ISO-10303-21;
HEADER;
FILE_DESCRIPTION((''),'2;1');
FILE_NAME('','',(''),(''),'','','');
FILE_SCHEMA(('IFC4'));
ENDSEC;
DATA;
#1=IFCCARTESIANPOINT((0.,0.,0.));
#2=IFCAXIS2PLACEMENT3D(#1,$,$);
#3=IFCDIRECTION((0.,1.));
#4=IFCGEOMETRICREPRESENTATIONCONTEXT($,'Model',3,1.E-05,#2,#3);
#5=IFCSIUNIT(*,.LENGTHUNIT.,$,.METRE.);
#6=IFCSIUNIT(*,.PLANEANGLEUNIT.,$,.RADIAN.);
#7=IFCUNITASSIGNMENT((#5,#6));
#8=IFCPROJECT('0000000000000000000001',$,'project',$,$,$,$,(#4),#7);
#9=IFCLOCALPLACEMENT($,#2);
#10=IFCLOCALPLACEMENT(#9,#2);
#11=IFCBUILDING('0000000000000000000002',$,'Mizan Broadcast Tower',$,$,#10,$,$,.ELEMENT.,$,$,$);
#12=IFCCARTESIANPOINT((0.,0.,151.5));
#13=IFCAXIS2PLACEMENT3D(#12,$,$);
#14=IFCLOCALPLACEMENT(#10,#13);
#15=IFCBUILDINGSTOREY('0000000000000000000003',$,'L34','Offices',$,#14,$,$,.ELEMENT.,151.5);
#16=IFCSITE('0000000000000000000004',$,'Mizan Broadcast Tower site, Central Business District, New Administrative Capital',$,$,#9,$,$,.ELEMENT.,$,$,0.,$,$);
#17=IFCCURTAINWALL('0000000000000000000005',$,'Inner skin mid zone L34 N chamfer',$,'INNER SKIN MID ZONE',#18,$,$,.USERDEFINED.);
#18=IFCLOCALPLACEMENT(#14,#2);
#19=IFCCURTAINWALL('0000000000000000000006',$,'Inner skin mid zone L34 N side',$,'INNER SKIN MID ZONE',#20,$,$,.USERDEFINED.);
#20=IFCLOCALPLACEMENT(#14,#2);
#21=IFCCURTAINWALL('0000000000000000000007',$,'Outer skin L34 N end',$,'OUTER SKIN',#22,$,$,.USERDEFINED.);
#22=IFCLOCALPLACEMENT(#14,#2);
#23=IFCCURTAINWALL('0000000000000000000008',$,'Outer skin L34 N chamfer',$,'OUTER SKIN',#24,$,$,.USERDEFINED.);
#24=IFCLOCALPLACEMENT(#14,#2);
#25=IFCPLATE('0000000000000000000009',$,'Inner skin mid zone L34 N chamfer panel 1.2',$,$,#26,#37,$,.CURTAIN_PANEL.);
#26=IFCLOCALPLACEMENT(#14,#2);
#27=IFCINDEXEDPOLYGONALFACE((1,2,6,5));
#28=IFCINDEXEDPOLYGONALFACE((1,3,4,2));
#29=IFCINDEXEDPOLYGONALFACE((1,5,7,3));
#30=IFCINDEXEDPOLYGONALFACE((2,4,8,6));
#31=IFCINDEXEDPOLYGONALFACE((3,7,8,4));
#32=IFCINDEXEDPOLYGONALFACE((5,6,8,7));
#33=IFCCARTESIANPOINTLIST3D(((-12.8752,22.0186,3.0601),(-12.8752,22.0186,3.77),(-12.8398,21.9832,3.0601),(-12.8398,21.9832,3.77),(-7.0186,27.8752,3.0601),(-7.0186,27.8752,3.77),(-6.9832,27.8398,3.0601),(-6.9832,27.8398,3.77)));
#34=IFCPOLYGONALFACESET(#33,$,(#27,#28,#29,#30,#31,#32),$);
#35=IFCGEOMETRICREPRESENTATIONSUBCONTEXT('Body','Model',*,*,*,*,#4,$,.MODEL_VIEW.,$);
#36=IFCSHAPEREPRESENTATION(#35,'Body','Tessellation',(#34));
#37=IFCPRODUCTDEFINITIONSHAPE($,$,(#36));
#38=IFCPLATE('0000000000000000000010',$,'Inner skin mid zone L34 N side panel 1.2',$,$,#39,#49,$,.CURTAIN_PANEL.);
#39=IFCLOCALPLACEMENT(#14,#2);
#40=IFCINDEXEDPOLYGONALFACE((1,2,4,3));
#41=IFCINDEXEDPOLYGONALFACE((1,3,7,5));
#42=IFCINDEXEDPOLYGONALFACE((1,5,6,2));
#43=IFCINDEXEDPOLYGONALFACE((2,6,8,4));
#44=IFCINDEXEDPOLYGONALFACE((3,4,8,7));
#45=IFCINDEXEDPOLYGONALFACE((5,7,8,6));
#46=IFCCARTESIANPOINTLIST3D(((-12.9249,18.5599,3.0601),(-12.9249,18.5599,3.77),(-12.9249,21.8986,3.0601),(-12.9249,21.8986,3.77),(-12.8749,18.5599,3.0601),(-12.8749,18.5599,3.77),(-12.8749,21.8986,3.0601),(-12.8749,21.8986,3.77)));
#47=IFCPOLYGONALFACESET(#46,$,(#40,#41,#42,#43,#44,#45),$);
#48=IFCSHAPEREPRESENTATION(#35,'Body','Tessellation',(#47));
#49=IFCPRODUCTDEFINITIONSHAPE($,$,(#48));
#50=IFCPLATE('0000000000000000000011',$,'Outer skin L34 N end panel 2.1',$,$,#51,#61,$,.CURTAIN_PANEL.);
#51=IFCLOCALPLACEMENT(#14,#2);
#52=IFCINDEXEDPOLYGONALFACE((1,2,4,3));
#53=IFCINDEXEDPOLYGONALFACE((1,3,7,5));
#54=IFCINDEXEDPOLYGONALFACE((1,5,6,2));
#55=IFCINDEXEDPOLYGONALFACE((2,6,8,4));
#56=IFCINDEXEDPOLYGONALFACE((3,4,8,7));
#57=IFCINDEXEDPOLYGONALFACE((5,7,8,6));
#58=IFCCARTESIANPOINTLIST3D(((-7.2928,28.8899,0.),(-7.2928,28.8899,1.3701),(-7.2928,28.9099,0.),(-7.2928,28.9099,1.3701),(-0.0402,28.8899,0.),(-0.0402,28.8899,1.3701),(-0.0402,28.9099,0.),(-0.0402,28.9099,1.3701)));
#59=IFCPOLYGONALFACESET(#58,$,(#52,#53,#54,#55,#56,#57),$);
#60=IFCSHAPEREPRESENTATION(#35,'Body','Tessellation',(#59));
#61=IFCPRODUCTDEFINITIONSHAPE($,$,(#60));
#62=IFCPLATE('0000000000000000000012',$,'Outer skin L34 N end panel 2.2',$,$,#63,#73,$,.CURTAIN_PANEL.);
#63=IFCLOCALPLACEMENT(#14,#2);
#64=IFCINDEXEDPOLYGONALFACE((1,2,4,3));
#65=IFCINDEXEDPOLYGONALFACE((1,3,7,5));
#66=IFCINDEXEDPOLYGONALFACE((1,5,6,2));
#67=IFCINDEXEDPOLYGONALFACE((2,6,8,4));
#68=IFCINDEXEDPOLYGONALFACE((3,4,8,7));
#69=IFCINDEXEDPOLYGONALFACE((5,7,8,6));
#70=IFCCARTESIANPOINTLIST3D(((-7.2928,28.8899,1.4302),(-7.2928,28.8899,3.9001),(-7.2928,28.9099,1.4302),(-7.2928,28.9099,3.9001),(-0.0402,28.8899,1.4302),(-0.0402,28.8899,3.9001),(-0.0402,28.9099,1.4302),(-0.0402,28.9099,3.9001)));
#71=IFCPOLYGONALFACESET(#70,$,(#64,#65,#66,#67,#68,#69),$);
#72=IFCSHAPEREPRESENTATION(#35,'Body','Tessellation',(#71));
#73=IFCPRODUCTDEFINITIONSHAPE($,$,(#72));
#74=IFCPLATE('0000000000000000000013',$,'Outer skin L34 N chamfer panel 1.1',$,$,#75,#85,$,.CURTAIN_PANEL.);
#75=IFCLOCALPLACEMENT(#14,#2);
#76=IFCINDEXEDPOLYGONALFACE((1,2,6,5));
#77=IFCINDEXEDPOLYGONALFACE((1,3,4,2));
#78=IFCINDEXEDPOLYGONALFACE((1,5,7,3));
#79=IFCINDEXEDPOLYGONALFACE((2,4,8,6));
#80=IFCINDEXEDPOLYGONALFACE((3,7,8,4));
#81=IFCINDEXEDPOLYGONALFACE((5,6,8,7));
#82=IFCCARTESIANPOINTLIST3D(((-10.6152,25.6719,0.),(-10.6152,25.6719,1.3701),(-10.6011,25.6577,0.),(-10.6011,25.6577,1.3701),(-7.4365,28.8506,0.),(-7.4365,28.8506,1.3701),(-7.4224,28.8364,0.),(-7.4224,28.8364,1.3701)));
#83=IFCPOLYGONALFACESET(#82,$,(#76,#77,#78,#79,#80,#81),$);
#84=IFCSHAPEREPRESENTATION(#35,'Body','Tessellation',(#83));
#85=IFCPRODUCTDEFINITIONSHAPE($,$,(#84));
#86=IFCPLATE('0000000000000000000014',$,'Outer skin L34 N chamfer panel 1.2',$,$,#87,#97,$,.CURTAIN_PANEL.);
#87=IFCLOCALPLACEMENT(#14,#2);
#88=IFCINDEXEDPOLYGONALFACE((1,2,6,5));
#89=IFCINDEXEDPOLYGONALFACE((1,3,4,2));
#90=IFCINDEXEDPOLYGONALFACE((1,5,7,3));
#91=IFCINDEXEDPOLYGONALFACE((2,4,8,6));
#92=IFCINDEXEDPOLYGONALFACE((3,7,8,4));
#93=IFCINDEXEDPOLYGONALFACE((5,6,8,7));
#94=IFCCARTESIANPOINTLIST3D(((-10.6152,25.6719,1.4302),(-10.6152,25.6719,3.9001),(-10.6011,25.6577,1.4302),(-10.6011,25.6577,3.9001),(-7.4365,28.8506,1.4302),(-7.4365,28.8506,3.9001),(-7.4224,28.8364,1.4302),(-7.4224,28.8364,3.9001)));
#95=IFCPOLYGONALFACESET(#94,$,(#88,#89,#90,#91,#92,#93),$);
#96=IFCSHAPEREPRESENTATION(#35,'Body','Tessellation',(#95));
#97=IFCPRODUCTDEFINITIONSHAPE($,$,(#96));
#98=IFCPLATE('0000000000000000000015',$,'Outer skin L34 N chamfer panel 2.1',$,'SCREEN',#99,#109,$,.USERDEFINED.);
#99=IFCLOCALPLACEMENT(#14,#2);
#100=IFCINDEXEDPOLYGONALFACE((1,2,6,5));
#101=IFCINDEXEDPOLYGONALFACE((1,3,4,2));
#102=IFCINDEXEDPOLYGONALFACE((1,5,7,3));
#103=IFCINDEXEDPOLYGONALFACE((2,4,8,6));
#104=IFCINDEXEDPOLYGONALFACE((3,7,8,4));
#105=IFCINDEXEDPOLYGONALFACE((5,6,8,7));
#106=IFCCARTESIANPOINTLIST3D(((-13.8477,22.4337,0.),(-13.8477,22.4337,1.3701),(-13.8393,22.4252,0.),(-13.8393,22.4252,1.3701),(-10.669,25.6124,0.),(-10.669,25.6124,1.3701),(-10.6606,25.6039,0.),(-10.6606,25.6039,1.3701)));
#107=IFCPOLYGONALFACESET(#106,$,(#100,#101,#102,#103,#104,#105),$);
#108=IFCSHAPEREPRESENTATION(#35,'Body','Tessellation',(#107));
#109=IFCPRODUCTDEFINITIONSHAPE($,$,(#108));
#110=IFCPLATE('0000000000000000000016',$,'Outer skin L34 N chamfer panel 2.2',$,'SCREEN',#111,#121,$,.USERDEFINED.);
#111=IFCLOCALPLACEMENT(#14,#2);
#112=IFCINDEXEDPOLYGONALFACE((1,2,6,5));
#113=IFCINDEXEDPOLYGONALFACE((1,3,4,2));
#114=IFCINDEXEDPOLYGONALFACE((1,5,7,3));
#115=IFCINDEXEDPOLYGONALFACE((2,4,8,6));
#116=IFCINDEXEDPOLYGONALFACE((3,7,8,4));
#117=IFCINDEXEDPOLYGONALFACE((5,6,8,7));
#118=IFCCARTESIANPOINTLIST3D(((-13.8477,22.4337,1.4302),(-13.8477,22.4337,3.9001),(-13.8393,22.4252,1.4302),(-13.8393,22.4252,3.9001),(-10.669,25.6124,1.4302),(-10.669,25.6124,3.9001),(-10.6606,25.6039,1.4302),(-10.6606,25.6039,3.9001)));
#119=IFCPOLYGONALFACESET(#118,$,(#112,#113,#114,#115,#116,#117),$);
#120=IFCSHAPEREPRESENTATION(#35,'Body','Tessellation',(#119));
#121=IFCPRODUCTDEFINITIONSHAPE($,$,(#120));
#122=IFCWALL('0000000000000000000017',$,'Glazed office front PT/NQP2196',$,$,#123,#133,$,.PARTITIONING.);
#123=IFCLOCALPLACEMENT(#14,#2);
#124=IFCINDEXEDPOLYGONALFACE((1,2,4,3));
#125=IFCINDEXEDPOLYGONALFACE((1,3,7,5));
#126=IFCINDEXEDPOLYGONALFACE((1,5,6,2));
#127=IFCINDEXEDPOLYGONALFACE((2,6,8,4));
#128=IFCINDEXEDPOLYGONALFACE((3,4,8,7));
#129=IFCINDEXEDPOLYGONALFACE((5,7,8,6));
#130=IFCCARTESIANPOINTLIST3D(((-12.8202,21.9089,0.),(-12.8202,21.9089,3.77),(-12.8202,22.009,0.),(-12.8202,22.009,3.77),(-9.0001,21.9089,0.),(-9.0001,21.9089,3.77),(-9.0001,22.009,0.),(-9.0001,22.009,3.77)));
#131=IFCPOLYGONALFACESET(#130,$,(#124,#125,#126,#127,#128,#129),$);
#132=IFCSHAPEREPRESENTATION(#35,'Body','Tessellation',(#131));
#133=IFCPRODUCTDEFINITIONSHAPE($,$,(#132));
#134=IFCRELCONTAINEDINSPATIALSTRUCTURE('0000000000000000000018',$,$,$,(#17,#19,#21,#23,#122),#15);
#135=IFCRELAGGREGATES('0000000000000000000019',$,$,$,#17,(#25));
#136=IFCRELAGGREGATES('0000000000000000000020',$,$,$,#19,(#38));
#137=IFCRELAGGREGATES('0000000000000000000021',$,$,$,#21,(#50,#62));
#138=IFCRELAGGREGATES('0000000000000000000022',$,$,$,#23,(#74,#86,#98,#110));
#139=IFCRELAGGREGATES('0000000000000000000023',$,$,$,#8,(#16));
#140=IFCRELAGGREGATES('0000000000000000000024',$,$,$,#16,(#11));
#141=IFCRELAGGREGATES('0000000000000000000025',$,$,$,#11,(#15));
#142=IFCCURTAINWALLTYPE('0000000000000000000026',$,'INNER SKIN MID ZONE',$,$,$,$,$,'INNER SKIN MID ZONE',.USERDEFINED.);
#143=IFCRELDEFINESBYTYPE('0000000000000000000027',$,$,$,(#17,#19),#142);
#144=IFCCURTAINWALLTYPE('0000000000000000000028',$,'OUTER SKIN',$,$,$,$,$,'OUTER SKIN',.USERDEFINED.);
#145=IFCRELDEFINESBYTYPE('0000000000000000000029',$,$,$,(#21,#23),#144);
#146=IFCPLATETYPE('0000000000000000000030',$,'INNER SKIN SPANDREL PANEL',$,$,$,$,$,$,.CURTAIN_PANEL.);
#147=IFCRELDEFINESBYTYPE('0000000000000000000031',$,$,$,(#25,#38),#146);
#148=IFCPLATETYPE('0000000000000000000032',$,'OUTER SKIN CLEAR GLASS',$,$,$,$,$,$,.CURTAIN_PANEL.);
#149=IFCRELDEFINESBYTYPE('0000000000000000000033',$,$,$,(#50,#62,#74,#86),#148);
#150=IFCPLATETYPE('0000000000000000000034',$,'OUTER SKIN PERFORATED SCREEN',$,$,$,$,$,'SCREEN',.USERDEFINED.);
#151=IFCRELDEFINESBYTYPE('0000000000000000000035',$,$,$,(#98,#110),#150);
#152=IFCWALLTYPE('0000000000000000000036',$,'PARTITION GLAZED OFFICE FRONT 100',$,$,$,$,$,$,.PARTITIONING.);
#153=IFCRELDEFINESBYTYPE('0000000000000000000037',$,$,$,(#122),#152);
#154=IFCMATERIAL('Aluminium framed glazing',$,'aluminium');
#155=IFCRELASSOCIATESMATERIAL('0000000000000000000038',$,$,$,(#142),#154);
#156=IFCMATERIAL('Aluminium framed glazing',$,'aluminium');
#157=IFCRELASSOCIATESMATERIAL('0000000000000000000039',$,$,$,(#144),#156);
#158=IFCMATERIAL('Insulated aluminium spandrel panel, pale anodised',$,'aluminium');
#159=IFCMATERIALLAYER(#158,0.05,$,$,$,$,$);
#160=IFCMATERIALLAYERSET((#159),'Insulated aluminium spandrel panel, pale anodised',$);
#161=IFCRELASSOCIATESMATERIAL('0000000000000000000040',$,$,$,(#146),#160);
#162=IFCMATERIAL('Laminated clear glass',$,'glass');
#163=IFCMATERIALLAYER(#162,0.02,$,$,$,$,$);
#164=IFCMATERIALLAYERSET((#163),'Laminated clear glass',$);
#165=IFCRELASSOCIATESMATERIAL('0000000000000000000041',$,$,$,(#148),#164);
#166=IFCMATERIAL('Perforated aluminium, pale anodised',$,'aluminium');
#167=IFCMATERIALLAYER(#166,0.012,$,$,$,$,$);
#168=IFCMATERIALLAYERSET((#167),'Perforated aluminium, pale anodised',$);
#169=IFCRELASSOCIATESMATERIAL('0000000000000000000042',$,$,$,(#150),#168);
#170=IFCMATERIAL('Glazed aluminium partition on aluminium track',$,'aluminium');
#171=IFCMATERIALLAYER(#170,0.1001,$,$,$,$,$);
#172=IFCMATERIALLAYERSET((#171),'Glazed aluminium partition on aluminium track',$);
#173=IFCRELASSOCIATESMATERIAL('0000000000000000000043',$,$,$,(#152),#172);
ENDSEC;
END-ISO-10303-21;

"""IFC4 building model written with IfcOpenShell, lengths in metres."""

from ifc_helpers import new_model, si_unit, direction, frame, frame_2d, origin, origin_2d, place, context, subcontext, project, spatial, rectangle, extrude, material, layer, layer_set, type_object, element, aggregate, save


model = new_model("IFC4")

# Units and contexts
model_context = context("Model", 3, precision=1e-05, world=origin(), true_north=direction((0.0, 1.0)))
body_context = subcontext(model_context, "Body", "Model", "MODEL_VIEW")
ifc_project = project(units=[si_unit("LENGTHUNIT", "METRE"), si_unit("PLANEANGLEUNIT", "RADIAN")], contexts=[model_context])

# Site, building, storey
site_placement = place(None, origin())
site = spatial("IfcSite", under=ifc_project, at=site_placement, Name="Mizan Broadcast Tower site, Central Business District, New Administrative Capital", CompositionType="ELEMENT", RefElevation=0.0)
building_placement = place(site_placement, origin())
building = spatial("IfcBuilding", under=site, at=building_placement, Name="Mizan Broadcast Tower", CompositionType="ELEMENT")
storey_placement = place(building_placement, frame((0.0, 0.0, 151.5)))
storey = spatial("IfcBuildingStorey", under=building, at=storey_placement, Name="L34", Description="Offices", CompositionType="ELEMENT", Elevation=151.5)

# Shared definitions
ifc_material_1 = material(Name="Aluminium framed glazing", Category="aluminium")
curtain_wall_type_1 = type_object("IfcCurtainWallType", Name="INNER SKIN MID ZONE", ElementType="INNER SKIN MID ZONE", PredefinedType="USERDEFINED", material=ifc_material_1)

# Curtain wall
curtain_wall_1_placement = place(storey_placement, origin())
curtain_wall_1 = element("IfcCurtainWall", 1, at=curtain_wall_1_placement, inside=storey, type_object=curtain_wall_type_1, Name="Inner skin mid zone L34 N chamfer", ObjectType="INNER SKIN MID ZONE", PredefinedType="USERDEFINED")

# Curtain wall
curtain_wall_2_placement = place(storey_placement, origin())
curtain_wall_2 = element("IfcCurtainWall", 2, at=curtain_wall_2_placement, inside=storey, type_object=curtain_wall_type_1, Name="Inner skin mid zone L34 N side", ObjectType="INNER SKIN MID ZONE", PredefinedType="USERDEFINED")

# Curtain wall
ifc_material_2 = material(Name="Aluminium framed glazing", Category="aluminium")
curtain_wall_type_2 = type_object("IfcCurtainWallType", Name="OUTER SKIN", ElementType="OUTER SKIN", PredefinedType="USERDEFINED", material=ifc_material_2)
curtain_wall_3_placement = place(storey_placement, origin())
curtain_wall_3 = element("IfcCurtainWall", 3, at=curtain_wall_3_placement, inside=storey, type_object=curtain_wall_type_2, Name="Outer skin L34 N end", ObjectType="OUTER SKIN", PredefinedType="USERDEFINED")

# Curtain wall
curtain_wall_4_placement = place(storey_placement, origin())
curtain_wall_4 = element("IfcCurtainWall", 4, at=curtain_wall_4_placement, inside=storey, type_object=curtain_wall_type_2, Name="Outer skin L34 N chamfer", ObjectType="OUTER SKIN", PredefinedType="USERDEFINED")

# Plates
ifc_material_3 = material(Name="Insulated aluminium spandrel panel, pale anodised", Category="aluminium")
ifc_layer_1 = layer(ifc_material_3, 0.05)
ifc_layer_set_1 = layer_set([ifc_layer_1], Name="Insulated aluminium spandrel panel, pale anodised")
plate_type_1 = type_object("IfcPlateType", Name="INNER SKIN SPANDREL PANEL", PredefinedType="CURTAIN_PANEL", material=ifc_layer_set_1)
plate_1_placement = place(storey_placement, frame((-9.9292, 24.9292, 3.0601), z_axis=(0.0, 0.0, 1.0), x_axis=(-0.707107, -0.707107, 0.0)))
plate_1 = element("IfcPlate", 5, at=plate_1_placement, type_object=plate_type_1, Name="Inner skin mid zone L34 N chamfer panel 1.2", PredefinedType="CURTAIN_PANEL", context=body_context, shape_type="SweptSolid", body=[
    extrude(rectangle(XDim=8.2825, YDim=0.05, at=origin_2d()), origin(), (0.0, 0.0, 1.0), 0.71),
])
aggregate(curtain_wall_1, [plate_1])
plate_2_placement = place(storey_placement, frame((-12.8999, 20.2292, 3.0601), z_axis=(0.0, 0.0, 1.0), x_axis=(0.0, -1.0, 0.0)))
plate_2 = element("IfcPlate", 6, at=plate_2_placement, type_object=plate_type_1, Name="Inner skin mid zone L34 N side panel 1.2", PredefinedType="CURTAIN_PANEL", context=body_context, shape_type="SweptSolid", body=[
    extrude(rectangle(XDim=3.3386, YDim=0.05, at=origin_2d()), origin(), (0.0, 0.0, 1.0), 0.71),
])
aggregate(curtain_wall_2, [plate_2])
ifc_material_4 = material(Name="Laminated clear glass", Category="glass")
ifc_layer_2 = layer(ifc_material_4, 0.02)
ifc_layer_set_2 = layer_set([ifc_layer_2], Name="Laminated clear glass")
plate_type_2 = type_object("IfcPlateType", Name="OUTER SKIN CLEAR GLASS", PredefinedType="CURTAIN_PANEL", material=ifc_layer_set_2)
plate_3_placement = place(storey_placement, frame((-3.6665, 28.8999, 0.0), z_axis=(0.0, 0.0, 1.0), x_axis=(-1.0, 0.0, 0.0)))
plate_3 = element("IfcPlate", 7, at=plate_3_placement, type_object=plate_type_2, Name="Outer skin L34 N end panel 2.1", PredefinedType="CURTAIN_PANEL", context=body_context, shape_type="SweptSolid", body=[
    extrude(rectangle(XDim=7.2527, YDim=0.02, at=origin_2d()), origin(), (0.0, 0.0, 1.0), 1.3701),
])
plate_4_placement = place(storey_placement, frame((-3.6665, 28.8999, 1.4302), z_axis=(0.0, 0.0, 1.0), x_axis=(-1.0, 0.0, 0.0)))
plate_4 = element("IfcPlate", 8, at=plate_4_placement, type_object=plate_type_2, Name="Outer skin L34 N end panel 2.2", PredefinedType="CURTAIN_PANEL", context=body_context, shape_type="SweptSolid", body=[
    extrude(rectangle(XDim=7.2527, YDim=0.02, at=origin_2d()), origin(), (0.0, 0.0, 1.0), 2.47),
])
aggregate(curtain_wall_3, [plate_3, plate_4])
plate_5_placement = place(storey_placement, frame((-9.0188, 27.2542, 0.0), z_axis=(0.0, 0.0, 1.0), x_axis=(-0.707107, -0.707107, 0.0)))
plate_5 = element("IfcPlate", 9, at=plate_5_placement, type_object=plate_type_2, Name="Outer skin L34 N chamfer panel 1.1", PredefinedType="CURTAIN_PANEL", context=body_context, shape_type="SweptSolid", body=[
    extrude(rectangle(XDim=4.4954, YDim=0.02, at=origin_2d()), origin(), (0.0, 0.0, 1.0), 1.3701),
])
plate_6_placement = place(storey_placement, frame((-9.0188, 27.2542, 1.4302), z_axis=(0.0, 0.0, 1.0), x_axis=(-0.707107, -0.707107, 0.0)))
plate_6 = element("IfcPlate", 10, at=plate_6_placement, type_object=plate_type_2, Name="Outer skin L34 N chamfer panel 1.2", PredefinedType="CURTAIN_PANEL", context=body_context, shape_type="SweptSolid", body=[
    extrude(rectangle(XDim=4.4954, YDim=0.02, at=origin_2d()), origin(), (0.0, 0.0, 1.0), 2.47),
])
ifc_material_5 = material(Name="Perforated aluminium, pale anodised", Category="aluminium")
ifc_layer_3 = layer(ifc_material_5, 0.012)
ifc_layer_set_3 = layer_set([ifc_layer_3], Name="Perforated aluminium, pale anodised")
plate_type_3 = type_object("IfcPlateType", Name="OUTER SKIN PERFORATED SCREEN", ElementType="SCREEN", PredefinedType="USERDEFINED", material=ifc_layer_set_3)
plate_7_placement = place(storey_placement, frame((-12.2542, 24.0188, 0.0), z_axis=(0.0, 0.0, 1.0), x_axis=(-0.707107, -0.707107, 0.0)))
plate_7 = element("IfcPlate", 11, at=plate_7_placement, type_object=plate_type_3, Name="Outer skin L34 N chamfer panel 2.1", ObjectType="SCREEN", PredefinedType="USERDEFINED", context=body_context, shape_type="SweptSolid", body=[
    extrude(rectangle(XDim=4.4954, YDim=0.012, at=origin_2d()), origin(), (0.0, 0.0, 1.0), 1.3701),
])
plate_8_placement = place(storey_placement, frame((-12.2542, 24.0188, 1.4302), z_axis=(0.0, 0.0, 1.0), x_axis=(-0.707107, -0.707107, 0.0)))
plate_8 = element("IfcPlate", 12, at=plate_8_placement, type_object=plate_type_3, Name="Outer skin L34 N chamfer panel 2.2", ObjectType="SCREEN", PredefinedType="USERDEFINED", context=body_context, shape_type="SweptSolid", body=[
    extrude(rectangle(XDim=4.4954, YDim=0.012, at=origin_2d()), origin(), (0.0, 0.0, 1.0), 2.47),
])
aggregate(curtain_wall_4, [plate_5, plate_6, plate_7, plate_8])

# Wall
ifc_material_6 = material(Name="Glazed aluminium partition on aluminium track", Category="aluminium")
ifc_layer_4 = layer(ifc_material_6, 0.1001)
ifc_layer_set_4 = layer_set([ifc_layer_4], Name="Glazed aluminium partition on aluminium track")
wall_type = type_object("IfcWallType", Name="PARTITION GLAZED OFFICE FRONT 100", PredefinedType="PARTITIONING", material=ifc_layer_set_4)
wall_placement = place(storey_placement, frame((-9.0, 21.959, 0.0), z_axis=(0.0, 0.0, 1.0), x_axis=(-1.0, 0.0, 0.0)))
element("IfcWall", 13, at=wall_placement, inside=storey, type_object=wall_type, Name="Glazed office front PT/NQP2196", PredefinedType="PARTITIONING", context=body_context, shape_type="SweptSolid", body=[
    extrude(rectangle(XDim=3.8201, YDim=0.1001, at=frame_2d((1.9102, 0.0))), origin(), (0.0, 0.0, 1.0), 3.77),
])

save(model, "model.ifc")
